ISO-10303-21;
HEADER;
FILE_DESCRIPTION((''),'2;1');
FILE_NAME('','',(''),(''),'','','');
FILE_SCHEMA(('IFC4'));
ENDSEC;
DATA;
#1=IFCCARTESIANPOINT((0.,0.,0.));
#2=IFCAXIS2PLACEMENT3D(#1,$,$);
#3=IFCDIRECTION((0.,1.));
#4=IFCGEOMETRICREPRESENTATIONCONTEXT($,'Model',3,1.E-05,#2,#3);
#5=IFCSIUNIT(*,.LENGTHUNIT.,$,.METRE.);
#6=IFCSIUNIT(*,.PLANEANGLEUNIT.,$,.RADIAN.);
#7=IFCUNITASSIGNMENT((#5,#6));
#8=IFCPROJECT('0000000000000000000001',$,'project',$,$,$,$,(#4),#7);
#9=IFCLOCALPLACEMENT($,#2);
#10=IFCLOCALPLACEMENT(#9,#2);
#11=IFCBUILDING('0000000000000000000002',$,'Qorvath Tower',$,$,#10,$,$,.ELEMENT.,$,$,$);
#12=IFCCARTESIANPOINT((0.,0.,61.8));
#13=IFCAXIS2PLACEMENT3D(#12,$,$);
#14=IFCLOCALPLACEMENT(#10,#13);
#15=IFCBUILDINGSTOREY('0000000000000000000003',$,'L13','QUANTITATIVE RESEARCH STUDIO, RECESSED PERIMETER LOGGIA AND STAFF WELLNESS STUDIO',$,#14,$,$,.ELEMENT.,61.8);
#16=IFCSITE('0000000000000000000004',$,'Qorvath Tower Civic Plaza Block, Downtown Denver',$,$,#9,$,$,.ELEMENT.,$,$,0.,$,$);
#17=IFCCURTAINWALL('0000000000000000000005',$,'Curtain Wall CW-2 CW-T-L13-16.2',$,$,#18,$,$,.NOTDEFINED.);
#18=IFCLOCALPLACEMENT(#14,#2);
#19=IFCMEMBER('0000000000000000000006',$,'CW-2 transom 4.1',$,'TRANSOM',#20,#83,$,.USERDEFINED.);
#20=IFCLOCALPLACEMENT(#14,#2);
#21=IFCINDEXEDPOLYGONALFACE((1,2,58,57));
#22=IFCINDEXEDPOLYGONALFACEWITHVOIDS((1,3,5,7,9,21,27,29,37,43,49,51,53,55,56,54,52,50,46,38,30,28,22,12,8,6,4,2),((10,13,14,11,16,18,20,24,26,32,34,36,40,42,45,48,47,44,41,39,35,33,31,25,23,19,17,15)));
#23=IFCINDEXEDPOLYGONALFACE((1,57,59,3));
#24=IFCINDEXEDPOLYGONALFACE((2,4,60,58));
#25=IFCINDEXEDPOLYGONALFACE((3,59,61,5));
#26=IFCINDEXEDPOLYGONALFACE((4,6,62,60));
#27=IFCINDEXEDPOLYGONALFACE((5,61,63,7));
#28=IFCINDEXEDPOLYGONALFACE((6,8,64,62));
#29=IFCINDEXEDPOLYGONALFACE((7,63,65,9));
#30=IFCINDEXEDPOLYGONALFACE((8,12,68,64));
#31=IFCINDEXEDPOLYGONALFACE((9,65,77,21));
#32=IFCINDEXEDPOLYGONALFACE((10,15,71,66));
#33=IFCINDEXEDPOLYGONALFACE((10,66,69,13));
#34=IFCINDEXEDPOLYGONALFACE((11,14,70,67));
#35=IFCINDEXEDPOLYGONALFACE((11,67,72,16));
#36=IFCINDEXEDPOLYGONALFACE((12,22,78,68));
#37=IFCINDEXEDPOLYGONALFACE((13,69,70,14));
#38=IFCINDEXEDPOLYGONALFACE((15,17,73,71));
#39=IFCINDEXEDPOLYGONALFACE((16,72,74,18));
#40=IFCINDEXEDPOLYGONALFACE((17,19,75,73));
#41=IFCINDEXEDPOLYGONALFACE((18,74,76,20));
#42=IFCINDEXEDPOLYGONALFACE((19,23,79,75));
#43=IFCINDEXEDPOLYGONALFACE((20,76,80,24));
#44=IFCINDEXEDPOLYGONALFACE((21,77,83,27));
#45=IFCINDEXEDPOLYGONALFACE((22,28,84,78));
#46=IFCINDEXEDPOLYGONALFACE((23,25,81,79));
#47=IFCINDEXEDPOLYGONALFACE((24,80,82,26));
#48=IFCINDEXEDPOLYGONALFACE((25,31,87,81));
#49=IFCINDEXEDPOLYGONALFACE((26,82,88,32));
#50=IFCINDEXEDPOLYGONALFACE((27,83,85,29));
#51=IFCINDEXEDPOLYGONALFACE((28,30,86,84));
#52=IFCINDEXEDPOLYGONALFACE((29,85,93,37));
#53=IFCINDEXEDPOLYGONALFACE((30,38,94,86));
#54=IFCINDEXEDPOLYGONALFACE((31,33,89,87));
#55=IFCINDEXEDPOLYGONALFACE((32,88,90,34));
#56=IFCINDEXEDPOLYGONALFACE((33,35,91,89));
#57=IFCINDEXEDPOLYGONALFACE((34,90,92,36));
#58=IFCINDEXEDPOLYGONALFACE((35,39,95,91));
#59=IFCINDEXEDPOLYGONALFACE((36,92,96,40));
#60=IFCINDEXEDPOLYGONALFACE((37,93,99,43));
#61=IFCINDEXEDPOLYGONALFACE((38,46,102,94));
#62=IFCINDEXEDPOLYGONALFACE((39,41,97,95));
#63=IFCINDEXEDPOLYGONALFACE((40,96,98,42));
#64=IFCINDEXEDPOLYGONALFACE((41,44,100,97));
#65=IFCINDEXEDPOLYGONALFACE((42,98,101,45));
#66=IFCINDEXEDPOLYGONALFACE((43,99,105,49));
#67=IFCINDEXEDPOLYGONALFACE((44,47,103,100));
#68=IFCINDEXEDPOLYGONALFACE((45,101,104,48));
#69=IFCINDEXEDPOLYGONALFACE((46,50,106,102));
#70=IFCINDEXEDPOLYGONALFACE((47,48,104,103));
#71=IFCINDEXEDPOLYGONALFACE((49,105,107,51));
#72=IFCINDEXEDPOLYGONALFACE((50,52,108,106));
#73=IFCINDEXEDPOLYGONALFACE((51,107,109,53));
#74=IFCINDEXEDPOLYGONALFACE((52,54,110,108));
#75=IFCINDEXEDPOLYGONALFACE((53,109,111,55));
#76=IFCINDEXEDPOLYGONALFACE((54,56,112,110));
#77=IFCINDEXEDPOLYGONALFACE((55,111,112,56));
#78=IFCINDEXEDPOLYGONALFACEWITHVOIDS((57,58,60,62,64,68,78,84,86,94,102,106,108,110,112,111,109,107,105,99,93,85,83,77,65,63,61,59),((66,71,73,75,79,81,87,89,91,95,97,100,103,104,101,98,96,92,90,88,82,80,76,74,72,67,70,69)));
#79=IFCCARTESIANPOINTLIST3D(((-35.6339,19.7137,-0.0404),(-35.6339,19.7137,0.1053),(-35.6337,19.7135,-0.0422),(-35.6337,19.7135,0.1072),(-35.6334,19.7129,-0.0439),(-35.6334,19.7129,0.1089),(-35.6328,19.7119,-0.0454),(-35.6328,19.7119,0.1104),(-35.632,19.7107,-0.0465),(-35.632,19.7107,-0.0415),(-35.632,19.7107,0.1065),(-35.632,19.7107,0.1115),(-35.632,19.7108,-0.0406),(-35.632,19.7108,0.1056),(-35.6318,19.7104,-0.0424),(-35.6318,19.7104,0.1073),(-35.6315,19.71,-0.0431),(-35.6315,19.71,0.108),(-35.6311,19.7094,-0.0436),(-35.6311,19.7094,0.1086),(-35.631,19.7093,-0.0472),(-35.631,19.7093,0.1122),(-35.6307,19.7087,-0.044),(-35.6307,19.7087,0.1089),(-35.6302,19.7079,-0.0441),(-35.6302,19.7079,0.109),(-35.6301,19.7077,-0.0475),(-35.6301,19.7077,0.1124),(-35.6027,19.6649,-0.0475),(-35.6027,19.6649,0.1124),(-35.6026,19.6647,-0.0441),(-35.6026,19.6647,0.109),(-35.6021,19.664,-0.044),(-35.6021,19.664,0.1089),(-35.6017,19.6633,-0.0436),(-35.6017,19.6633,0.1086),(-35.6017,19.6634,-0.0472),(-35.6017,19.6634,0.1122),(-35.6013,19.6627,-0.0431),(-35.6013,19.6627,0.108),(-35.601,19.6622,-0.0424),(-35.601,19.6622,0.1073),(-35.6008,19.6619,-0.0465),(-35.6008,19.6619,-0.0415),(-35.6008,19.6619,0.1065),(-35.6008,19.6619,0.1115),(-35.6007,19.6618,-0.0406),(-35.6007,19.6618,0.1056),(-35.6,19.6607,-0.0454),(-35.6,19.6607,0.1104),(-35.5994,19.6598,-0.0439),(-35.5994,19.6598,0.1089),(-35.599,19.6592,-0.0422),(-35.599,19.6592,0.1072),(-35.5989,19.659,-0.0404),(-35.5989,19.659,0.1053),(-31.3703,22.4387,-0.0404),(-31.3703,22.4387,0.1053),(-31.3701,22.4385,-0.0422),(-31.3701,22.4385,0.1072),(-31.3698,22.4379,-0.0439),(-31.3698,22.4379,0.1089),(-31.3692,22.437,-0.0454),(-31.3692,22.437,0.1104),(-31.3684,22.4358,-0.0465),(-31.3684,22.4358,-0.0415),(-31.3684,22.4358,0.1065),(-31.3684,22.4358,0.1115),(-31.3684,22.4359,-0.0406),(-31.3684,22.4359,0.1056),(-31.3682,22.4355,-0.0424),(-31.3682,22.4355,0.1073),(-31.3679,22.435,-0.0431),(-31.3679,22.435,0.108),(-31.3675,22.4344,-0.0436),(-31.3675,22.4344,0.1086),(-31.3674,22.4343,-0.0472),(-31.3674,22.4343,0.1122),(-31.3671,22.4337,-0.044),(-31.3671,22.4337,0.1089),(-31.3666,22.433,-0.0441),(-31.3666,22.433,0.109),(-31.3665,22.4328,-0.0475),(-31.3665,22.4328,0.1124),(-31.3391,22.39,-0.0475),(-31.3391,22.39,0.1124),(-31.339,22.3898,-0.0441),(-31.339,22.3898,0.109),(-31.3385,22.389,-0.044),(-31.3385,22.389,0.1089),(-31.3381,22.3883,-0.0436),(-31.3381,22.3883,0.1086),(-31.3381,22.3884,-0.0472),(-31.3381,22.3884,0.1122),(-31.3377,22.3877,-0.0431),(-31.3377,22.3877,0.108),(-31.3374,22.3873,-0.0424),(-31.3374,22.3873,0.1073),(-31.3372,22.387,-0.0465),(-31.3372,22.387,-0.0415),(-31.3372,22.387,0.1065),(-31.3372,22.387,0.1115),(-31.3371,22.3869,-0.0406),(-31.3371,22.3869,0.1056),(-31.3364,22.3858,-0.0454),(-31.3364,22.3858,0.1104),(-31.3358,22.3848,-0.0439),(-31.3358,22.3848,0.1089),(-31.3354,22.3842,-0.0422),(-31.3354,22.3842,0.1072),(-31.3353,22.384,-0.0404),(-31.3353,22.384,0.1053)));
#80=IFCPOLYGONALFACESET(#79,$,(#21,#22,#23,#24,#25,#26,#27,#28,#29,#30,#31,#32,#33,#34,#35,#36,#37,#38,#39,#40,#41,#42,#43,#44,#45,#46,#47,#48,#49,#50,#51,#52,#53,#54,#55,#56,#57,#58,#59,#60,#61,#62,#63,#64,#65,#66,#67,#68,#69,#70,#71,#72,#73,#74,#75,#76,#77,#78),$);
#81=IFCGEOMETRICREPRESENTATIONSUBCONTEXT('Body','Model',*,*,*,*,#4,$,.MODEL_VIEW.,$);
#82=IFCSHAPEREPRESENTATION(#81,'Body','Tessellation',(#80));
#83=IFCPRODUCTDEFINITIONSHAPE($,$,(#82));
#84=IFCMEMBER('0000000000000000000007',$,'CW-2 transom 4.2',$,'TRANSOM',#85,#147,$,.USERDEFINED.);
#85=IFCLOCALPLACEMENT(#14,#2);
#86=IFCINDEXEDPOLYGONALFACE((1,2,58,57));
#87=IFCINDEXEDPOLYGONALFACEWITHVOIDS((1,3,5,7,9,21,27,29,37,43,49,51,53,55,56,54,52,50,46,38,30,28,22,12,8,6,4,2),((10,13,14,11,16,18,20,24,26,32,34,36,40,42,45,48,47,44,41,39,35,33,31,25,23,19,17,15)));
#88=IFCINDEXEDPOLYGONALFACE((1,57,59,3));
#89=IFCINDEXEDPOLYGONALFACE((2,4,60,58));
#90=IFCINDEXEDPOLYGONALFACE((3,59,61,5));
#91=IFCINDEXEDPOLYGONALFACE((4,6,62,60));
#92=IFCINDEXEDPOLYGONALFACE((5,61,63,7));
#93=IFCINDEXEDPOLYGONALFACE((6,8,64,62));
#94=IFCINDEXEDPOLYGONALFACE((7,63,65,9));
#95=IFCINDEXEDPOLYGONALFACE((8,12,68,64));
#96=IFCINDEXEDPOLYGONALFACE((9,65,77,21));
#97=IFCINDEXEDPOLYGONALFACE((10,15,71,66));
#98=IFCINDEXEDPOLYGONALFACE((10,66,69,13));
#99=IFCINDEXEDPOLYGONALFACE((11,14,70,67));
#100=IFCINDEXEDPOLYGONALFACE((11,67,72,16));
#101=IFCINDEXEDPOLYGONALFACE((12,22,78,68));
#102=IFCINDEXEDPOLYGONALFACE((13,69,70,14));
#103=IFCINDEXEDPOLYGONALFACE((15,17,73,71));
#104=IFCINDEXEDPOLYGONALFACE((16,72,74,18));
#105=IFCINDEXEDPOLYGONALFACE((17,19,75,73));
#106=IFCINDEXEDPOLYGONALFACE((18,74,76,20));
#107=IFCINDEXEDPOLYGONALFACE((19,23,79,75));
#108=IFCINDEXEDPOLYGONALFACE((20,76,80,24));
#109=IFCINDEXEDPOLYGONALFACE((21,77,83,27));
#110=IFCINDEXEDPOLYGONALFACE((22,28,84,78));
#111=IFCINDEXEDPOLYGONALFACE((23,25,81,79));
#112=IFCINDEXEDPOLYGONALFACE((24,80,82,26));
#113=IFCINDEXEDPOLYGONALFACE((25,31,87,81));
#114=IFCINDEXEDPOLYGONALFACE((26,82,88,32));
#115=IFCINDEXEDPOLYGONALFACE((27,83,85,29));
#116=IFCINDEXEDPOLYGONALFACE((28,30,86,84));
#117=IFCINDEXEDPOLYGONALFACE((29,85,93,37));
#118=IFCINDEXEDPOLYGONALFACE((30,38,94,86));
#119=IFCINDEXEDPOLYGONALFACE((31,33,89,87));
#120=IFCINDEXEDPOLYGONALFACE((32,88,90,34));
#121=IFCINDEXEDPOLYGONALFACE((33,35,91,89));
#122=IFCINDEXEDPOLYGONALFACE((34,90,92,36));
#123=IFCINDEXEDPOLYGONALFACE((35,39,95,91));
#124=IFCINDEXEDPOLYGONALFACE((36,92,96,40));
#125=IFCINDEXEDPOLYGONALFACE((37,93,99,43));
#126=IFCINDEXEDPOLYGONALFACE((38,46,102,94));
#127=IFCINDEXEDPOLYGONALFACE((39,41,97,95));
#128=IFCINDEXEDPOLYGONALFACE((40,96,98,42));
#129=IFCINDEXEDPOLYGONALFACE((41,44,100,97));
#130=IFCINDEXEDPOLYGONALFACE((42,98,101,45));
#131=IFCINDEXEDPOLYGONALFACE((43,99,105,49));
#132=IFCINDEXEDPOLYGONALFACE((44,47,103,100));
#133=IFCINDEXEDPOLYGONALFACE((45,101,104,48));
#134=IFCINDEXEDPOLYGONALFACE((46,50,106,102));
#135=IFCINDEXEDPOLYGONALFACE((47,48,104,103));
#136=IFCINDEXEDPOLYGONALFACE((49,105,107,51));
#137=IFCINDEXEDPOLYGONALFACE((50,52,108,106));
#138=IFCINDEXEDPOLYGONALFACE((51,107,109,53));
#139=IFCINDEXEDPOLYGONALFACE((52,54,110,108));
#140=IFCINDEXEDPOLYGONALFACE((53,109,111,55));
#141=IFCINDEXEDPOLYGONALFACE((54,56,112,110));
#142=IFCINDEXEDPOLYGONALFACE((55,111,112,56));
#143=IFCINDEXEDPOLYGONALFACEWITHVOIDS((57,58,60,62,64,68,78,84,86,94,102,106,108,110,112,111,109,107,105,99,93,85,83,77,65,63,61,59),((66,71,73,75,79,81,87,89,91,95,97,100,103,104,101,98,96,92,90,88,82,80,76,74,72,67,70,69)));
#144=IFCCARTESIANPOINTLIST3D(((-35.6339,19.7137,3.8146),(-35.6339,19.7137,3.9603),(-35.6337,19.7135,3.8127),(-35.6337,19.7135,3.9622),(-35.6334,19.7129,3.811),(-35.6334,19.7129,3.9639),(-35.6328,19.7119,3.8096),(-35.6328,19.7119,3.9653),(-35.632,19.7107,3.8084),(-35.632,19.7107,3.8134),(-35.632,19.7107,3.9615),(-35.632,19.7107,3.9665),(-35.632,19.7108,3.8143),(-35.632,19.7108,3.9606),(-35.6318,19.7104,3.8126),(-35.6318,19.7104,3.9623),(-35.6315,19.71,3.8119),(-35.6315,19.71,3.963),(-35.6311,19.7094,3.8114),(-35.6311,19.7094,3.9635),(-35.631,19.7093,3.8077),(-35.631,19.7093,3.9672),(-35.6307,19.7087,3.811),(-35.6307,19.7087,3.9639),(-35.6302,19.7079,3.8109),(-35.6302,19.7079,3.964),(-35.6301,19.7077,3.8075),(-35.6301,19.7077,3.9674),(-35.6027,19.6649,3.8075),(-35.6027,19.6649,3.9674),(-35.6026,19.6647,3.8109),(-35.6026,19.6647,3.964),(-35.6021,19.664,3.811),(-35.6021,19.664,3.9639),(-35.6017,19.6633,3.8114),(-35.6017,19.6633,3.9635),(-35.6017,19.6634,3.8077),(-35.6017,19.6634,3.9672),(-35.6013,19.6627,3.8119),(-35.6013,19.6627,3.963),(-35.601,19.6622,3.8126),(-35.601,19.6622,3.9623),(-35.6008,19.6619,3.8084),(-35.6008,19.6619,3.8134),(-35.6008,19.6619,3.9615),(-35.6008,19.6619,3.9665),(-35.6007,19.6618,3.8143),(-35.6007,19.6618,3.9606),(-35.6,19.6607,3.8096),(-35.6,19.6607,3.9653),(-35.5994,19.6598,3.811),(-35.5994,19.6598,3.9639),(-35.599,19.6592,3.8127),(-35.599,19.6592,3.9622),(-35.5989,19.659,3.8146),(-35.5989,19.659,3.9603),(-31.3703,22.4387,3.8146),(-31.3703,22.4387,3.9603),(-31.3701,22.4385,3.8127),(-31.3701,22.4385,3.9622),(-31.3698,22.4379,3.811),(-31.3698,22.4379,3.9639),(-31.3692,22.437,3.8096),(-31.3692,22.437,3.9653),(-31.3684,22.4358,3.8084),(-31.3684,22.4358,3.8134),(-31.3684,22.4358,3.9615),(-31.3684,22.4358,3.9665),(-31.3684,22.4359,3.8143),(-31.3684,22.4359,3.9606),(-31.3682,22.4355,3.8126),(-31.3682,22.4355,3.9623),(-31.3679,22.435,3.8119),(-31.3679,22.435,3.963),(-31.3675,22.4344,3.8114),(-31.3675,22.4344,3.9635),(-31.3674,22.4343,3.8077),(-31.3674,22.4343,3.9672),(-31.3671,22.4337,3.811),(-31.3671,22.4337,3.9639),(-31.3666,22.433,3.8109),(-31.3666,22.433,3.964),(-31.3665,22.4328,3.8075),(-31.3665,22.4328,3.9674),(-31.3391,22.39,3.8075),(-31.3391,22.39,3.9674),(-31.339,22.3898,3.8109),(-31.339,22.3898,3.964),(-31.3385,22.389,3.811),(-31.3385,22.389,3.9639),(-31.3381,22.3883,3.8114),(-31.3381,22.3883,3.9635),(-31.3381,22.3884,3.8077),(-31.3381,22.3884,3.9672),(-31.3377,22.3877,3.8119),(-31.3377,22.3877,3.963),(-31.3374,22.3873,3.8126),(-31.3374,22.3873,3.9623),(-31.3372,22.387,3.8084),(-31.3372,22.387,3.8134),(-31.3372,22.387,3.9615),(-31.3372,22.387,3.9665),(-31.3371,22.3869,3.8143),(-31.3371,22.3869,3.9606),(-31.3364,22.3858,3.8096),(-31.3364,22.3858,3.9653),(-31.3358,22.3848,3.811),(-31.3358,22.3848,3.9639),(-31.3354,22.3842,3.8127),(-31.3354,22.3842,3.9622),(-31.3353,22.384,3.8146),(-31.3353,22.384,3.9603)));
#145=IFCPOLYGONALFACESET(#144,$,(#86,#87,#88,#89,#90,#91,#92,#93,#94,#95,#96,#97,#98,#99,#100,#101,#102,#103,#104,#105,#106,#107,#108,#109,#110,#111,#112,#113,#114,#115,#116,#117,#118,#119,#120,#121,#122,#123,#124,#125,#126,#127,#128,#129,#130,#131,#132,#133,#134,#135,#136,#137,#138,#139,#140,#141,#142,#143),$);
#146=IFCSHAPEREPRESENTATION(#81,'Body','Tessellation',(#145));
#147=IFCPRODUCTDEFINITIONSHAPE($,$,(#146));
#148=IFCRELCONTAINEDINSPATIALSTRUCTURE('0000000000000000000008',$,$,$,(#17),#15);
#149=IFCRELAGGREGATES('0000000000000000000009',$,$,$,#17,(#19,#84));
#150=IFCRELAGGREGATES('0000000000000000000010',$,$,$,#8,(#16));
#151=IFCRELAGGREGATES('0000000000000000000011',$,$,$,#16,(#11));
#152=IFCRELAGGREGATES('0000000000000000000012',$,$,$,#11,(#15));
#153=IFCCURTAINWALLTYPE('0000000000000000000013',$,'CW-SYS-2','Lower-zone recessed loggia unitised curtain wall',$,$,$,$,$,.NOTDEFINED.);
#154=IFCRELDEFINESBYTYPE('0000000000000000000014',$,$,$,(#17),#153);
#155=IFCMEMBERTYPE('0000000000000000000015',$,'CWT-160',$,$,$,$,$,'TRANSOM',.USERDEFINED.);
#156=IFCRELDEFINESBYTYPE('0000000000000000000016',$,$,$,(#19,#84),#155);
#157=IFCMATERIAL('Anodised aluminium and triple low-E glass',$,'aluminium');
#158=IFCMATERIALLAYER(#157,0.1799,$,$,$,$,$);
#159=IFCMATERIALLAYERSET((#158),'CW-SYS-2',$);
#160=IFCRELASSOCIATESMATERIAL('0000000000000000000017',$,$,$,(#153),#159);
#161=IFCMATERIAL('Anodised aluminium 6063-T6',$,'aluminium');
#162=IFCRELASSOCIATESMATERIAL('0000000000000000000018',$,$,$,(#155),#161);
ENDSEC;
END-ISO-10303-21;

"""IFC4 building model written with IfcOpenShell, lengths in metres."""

from ifc_helpers import new_model, si_unit, direction, frame, origin, origin_2d, place, context, subcontext, project, spatial, hollow_rectangle, extrude, material, layer, layer_set, material_profile, profile_set, type_object, element, aggregate, save


model = new_model("IFC4")

# Units and contexts
model_context = context("Model", 3, precision=1e-05, world=origin(), true_north=direction((0.0, 1.0)))
body_context = subcontext(model_context, "Body", "Model", "MODEL_VIEW")
ifc_project = project(units=[si_unit("LENGTHUNIT", "METRE"), si_unit("PLANEANGLEUNIT", "RADIAN")], contexts=[model_context])

# Site, building, storey
site_placement = place(None, origin())
site = spatial("IfcSite", under=ifc_project, at=site_placement, Name="Qorvath Tower Civic Plaza Block, Downtown Denver", CompositionType="ELEMENT", RefElevation=0.0)
building_placement = place(site_placement, origin())
building = spatial("IfcBuilding", under=site, at=building_placement, Name="Qorvath Tower", CompositionType="ELEMENT")
storey_placement = place(building_placement, frame((0.0, 0.0, 61.8)))
storey = spatial("IfcBuildingStorey", under=building, at=storey_placement, Name="L13", Description="QUANTITATIVE RESEARCH STUDIO, RECESSED PERIMETER LOGGIA AND STAFF WELLNESS STUDIO", CompositionType="ELEMENT", Elevation=61.8)

# Curtain wall
ifc_material_1 = material(Name="Anodised aluminium and triple low-E glass", Category="aluminium")
ifc_layer_1 = layer(ifc_material_1, 0.1799)
ifc_layer_set_1 = layer_set([ifc_layer_1], Name="CW-SYS-2")
curtain_wall_type = type_object("IfcCurtainWallType", Name="CW-SYS-2", Description="Lower-zone recessed loggia unitised curtain wall", PredefinedType="NOTDEFINED", material=ifc_layer_set_1)
curtain_wall_1_placement = place(storey_placement, origin())
curtain_wall_1 = element("IfcCurtainWall", 1, at=curtain_wall_1_placement, inside=storey, type_object=curtain_wall_type, Name="Curtain Wall CW-2 CW-T-L13-16.2", PredefinedType="NOTDEFINED")

# Members
ifc_material_2 = material(Name="Anodised aluminium 6063-T6", Category="aluminium")
ifc_material_profile_1 = material_profile(ifc_material_2, hollow_rectangle(XDim=0.0649, YDim=0.1599, WallThickness=0.0034, InnerFilletRadius=0.0034, OuterFilletRadius=0.0071, at=origin_2d()), Name="CWT 160x65")
ifc_profile_set_1 = profile_set([ifc_material_profile_1], Name="Anodised aluminium 6063-T6")
member_type_1 = type_object("IfcMemberType", Name="CWT-160", ElementType="TRANSOM", PredefinedType="USERDEFINED", material=ifc_profile_set_1)
member_1_placement = place(storey_placement, frame((-31.3528, 22.4114, 0.0325), z_axis=(-0.842599, -0.538542, 0.0), x_axis=(0.538542, -0.842599, 0.0)))
member_1 = element("IfcMember", 2, at=member_1_placement, type_object=member_type_1, Name="CW-2 transom 4.1", ObjectType="TRANSOM", PredefinedType="USERDEFINED", context=body_context, shape_type="SweptSolid", body=[
    extrude(hollow_rectangle(XDim=0.0649, YDim=0.1599, WallThickness=0.0034, InnerFilletRadius=0.0034, OuterFilletRadius=0.0071, at=origin_2d()), origin(), (0.0, 0.0, 1.0), 5.0601),
])
member_2_placement = place(storey_placement, frame((-31.3528, 22.4114, 3.8875), z_axis=(-0.842599, -0.538542, 0.0), x_axis=(0.538542, -0.842599, 0.0)))
member_2 = element("IfcMember", 3, at=member_2_placement, type_object=member_type_1, Name="CW-2 transom 4.2", ObjectType="TRANSOM", PredefinedType="USERDEFINED", context=body_context, shape_type="SweptSolid", body=[
    extrude(hollow_rectangle(XDim=0.0649, YDim=0.1599, WallThickness=0.0034, InnerFilletRadius=0.0034, OuterFilletRadius=0.0071, at=origin_2d()), origin(), (0.0, 0.0, 1.0), 5.0601),
])

aggregate(curtain_wall_1, [member_1, member_2])

save(model, "model.ifc")
